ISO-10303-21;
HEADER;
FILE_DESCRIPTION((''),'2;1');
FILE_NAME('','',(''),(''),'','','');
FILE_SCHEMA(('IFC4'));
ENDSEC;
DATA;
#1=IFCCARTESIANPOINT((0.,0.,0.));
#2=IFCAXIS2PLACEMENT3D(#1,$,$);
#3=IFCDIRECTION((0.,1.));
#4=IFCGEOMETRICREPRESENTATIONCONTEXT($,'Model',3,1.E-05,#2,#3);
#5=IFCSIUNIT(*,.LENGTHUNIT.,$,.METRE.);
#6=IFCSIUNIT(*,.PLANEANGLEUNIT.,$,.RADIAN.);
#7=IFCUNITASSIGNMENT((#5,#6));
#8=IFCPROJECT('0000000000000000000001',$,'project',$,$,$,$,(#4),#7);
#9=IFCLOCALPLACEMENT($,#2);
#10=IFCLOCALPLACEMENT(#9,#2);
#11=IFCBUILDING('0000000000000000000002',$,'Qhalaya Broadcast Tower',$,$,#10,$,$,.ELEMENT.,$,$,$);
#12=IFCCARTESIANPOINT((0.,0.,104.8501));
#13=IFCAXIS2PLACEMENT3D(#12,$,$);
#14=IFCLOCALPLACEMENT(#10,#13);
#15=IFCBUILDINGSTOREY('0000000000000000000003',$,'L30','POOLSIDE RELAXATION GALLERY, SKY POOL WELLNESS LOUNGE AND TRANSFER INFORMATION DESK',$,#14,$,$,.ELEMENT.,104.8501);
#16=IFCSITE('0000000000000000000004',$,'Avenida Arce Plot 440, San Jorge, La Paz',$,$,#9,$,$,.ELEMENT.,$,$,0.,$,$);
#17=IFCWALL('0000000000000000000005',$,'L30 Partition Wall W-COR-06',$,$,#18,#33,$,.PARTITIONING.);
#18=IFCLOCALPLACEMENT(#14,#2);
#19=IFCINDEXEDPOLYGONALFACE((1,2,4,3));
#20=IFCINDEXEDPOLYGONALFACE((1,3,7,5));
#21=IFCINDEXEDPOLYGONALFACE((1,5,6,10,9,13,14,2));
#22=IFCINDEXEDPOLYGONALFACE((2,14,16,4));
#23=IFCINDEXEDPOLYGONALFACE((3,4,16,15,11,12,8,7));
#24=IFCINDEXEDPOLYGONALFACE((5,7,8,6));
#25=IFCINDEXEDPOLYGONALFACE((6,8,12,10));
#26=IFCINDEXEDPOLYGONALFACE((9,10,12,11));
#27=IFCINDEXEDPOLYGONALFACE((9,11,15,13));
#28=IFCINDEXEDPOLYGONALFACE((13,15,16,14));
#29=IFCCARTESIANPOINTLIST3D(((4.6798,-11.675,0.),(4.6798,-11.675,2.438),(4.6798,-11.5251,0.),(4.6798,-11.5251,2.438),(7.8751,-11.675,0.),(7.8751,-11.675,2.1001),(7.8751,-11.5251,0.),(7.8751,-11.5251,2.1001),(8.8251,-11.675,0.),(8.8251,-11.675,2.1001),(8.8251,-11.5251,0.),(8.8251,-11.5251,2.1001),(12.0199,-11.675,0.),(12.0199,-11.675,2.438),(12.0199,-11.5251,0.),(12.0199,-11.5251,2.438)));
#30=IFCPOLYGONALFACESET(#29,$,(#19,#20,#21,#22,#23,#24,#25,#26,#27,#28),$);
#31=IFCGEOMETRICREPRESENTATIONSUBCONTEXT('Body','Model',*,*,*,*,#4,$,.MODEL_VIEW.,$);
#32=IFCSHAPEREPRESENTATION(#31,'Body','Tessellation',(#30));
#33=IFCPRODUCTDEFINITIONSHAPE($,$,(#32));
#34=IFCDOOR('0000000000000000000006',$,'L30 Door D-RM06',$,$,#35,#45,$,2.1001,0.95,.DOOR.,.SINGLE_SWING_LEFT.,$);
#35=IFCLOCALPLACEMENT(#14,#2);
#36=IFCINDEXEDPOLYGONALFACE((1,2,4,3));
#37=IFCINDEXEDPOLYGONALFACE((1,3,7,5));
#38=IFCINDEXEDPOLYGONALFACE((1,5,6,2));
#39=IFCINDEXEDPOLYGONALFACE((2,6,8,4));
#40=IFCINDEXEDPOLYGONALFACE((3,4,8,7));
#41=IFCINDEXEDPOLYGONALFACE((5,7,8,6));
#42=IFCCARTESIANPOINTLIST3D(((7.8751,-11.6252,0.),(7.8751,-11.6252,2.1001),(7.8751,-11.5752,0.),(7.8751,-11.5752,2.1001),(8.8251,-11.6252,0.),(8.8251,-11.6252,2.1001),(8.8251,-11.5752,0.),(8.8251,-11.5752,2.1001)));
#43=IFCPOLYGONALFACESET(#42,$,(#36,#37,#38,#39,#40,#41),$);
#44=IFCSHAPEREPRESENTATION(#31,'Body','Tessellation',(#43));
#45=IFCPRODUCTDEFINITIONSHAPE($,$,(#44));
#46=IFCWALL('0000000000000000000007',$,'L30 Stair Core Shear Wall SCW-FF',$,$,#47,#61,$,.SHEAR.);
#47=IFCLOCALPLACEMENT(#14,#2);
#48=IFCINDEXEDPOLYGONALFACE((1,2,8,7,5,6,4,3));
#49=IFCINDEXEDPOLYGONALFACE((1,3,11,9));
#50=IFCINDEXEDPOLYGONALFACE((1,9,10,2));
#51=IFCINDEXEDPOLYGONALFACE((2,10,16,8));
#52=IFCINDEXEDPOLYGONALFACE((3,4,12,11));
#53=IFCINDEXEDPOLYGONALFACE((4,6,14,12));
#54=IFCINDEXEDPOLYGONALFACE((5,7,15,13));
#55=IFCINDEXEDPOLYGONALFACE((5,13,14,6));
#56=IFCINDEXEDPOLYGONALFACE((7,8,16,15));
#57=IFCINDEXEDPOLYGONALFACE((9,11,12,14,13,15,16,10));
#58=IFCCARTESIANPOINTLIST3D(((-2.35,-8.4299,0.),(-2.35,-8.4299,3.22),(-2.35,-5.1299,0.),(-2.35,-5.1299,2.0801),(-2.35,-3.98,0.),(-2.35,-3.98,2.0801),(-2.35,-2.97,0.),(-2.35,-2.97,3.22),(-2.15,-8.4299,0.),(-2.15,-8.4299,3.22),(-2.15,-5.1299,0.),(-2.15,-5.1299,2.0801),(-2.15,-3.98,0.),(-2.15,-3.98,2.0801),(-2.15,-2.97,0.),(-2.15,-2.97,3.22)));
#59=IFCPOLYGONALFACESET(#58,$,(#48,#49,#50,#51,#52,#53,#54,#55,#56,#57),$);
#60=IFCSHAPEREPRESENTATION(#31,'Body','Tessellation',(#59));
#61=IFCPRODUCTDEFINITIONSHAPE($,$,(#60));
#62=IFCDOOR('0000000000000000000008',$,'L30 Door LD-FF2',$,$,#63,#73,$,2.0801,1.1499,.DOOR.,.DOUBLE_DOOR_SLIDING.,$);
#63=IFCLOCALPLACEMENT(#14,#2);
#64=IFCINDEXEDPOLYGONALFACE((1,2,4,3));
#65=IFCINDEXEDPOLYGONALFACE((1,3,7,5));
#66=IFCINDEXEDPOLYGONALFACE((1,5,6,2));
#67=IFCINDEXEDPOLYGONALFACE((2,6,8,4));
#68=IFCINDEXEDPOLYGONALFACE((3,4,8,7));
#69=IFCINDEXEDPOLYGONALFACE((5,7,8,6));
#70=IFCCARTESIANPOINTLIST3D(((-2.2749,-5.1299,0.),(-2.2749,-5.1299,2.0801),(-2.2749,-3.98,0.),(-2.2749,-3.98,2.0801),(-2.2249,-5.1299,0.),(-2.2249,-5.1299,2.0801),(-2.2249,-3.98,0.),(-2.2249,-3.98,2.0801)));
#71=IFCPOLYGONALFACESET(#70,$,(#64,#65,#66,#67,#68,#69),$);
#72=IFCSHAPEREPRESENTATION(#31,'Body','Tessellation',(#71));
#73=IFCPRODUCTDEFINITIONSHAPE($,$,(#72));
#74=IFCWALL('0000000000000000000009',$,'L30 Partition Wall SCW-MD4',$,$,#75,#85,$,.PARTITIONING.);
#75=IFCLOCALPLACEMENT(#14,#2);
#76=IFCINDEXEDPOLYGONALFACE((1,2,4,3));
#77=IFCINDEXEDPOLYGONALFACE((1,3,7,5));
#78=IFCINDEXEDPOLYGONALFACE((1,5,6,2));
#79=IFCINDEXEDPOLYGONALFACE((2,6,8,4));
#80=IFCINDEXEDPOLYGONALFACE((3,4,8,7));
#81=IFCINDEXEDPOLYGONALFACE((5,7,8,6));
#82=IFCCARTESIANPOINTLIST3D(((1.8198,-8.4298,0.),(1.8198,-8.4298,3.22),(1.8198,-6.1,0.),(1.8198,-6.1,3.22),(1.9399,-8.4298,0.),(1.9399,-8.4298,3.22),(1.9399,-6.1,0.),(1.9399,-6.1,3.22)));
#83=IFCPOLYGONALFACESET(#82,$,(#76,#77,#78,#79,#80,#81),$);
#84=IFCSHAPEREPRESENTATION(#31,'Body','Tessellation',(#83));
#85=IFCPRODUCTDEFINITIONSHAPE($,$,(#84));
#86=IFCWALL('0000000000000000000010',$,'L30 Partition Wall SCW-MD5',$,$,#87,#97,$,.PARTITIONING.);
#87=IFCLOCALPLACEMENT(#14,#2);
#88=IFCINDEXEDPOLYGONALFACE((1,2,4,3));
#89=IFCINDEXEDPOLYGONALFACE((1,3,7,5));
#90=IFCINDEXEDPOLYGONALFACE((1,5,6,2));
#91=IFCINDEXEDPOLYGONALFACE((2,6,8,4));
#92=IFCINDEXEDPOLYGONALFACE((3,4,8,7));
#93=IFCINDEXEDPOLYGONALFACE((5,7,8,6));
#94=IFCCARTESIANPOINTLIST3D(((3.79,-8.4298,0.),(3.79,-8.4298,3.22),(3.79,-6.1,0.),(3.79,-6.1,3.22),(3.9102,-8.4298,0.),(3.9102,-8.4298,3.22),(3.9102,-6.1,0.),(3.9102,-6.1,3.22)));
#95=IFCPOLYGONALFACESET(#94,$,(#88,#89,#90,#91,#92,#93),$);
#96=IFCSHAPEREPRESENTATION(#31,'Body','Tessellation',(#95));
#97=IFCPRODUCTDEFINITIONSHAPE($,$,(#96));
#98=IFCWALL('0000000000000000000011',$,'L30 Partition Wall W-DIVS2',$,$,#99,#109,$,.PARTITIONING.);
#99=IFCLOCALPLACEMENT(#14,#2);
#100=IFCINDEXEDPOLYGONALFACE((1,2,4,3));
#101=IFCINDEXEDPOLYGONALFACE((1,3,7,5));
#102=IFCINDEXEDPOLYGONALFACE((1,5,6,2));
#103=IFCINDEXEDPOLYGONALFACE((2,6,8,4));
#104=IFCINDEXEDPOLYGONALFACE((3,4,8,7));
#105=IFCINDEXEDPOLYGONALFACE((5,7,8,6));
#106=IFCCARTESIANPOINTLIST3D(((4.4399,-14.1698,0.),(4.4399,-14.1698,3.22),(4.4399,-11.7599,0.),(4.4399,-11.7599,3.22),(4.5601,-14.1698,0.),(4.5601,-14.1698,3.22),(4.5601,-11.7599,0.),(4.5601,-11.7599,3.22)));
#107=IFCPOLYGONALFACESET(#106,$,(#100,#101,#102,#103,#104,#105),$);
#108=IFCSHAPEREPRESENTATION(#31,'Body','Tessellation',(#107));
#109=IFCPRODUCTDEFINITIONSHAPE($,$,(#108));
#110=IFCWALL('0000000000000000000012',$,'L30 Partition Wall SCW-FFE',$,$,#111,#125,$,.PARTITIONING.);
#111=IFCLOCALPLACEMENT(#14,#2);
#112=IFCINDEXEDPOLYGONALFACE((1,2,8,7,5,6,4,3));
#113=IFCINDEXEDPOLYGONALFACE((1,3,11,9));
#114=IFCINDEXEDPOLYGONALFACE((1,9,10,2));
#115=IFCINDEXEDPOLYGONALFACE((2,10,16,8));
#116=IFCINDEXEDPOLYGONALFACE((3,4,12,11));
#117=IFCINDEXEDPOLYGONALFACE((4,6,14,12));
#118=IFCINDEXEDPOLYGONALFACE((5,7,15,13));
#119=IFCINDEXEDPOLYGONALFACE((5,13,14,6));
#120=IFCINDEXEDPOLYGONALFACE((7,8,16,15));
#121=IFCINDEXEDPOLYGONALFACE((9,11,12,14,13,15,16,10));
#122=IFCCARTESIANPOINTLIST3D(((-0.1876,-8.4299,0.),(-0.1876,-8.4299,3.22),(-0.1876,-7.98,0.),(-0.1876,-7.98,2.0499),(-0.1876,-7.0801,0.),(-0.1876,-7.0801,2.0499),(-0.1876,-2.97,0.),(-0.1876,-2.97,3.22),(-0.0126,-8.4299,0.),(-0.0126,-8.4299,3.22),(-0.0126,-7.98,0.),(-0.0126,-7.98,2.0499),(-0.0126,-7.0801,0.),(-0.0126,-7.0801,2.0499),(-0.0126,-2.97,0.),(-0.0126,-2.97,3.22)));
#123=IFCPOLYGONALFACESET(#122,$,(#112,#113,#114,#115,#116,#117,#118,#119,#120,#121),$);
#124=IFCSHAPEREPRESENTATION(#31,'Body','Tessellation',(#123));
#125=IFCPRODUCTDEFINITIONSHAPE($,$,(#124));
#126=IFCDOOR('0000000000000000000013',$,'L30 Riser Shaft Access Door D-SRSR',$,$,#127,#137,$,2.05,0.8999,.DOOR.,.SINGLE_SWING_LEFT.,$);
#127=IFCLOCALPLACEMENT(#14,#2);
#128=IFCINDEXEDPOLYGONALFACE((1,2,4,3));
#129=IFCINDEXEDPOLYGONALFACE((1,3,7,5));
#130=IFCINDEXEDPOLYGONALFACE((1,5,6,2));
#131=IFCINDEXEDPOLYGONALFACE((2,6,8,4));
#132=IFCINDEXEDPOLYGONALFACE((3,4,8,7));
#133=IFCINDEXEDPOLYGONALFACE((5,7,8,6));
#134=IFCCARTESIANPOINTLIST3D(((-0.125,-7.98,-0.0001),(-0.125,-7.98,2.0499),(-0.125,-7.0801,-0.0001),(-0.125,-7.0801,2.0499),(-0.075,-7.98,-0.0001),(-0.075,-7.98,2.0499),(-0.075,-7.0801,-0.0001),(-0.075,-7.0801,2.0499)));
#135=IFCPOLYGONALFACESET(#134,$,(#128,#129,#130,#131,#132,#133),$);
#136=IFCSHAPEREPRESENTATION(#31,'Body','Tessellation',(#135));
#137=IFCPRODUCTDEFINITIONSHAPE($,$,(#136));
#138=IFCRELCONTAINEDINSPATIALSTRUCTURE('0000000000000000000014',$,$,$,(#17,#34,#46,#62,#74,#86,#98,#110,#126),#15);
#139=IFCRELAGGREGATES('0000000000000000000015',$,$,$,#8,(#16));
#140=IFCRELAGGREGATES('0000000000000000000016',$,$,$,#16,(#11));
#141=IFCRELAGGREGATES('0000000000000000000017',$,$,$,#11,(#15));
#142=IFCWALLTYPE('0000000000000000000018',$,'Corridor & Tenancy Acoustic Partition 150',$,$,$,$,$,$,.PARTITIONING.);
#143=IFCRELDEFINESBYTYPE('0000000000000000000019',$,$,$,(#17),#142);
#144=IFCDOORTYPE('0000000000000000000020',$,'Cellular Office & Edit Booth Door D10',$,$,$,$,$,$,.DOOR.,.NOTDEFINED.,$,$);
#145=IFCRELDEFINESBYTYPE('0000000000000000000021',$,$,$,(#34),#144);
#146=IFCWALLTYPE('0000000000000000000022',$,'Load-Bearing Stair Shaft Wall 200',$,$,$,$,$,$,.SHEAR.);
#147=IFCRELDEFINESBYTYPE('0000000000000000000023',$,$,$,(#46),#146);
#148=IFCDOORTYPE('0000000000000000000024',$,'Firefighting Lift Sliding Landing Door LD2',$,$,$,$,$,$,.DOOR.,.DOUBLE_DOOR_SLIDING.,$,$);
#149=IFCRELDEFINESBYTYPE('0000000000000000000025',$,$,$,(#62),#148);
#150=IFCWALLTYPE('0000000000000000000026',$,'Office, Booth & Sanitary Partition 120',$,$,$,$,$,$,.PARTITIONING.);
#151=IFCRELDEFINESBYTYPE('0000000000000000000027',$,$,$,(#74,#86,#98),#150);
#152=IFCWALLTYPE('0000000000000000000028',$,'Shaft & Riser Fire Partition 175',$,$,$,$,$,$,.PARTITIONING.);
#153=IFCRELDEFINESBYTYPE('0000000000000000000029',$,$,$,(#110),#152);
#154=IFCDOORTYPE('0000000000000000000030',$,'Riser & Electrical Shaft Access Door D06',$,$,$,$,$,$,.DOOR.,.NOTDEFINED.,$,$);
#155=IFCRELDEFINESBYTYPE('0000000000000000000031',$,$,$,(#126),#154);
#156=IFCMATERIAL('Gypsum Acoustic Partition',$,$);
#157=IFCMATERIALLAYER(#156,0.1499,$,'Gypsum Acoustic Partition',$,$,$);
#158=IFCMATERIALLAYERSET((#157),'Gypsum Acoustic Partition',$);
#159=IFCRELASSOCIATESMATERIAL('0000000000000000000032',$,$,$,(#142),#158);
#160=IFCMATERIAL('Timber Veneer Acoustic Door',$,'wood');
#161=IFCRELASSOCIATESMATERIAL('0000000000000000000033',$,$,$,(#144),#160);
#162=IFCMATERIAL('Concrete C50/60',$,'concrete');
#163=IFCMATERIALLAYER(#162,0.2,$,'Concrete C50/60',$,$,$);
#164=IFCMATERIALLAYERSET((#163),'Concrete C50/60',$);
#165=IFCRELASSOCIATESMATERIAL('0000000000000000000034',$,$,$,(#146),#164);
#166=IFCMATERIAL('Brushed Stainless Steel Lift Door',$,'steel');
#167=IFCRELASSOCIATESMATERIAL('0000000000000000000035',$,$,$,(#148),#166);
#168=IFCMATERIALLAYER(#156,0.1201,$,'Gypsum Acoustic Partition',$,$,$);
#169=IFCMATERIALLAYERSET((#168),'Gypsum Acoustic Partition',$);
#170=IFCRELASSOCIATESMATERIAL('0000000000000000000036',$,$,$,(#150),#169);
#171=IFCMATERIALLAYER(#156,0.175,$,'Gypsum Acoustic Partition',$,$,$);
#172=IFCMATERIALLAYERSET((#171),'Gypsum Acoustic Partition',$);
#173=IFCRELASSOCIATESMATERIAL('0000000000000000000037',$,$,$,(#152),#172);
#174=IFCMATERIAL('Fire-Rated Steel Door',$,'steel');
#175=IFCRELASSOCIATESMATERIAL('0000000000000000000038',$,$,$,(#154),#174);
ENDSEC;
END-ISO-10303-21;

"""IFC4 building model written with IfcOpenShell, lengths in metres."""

from ifc_helpers import new_model, si_unit, direction, frame, frame_2d, origin, place, context, subcontext, project, spatial, rectangle, extrude, material, layer, layer_set, type_object, element, fill, save


model = new_model("IFC4")

# Units and contexts
model_context = context("Model", 3, precision=1e-05, world=origin(), true_north=direction((0.0, 1.0)))
body_context = subcontext(model_context, "Body", "Model", "MODEL_VIEW")
ifc_project = project(units=[si_unit("LENGTHUNIT", "METRE"), si_unit("PLANEANGLEUNIT", "RADIAN")], contexts=[model_context])

# Site, building, storey
site_placement = place(None, origin())
site = spatial("IfcSite", under=ifc_project, at=site_placement, Name="Avenida Arce Plot 440, San Jorge, La Paz", CompositionType="ELEMENT", RefElevation=0.0)
building_placement = place(site_placement, origin())
building = spatial("IfcBuilding", under=site, at=building_placement, Name="Qhalaya Broadcast Tower", CompositionType="ELEMENT")
storey_placement = place(building_placement, frame((0.0, 0.0, 104.8501)))
storey = spatial("IfcBuildingStorey", under=building, at=storey_placement, Name="L30", Description="POOLSIDE RELAXATION GALLERY, SKY POOL WELLNESS LOUNGE AND TRANSFER INFORMATION DESK", CompositionType="ELEMENT", Elevation=104.8501)

# Shared definitions
ifc_material_1 = material(Name="Concrete C50/60", Category="concrete")

# Walls, openings, doors
ifc_material_2 = material(Name="Gypsum Acoustic Partition")
ifc_layer_1 = layer(ifc_material_2, 0.1499, Name="Gypsum Acoustic Partition")
ifc_layer_set_1 = layer_set([ifc_layer_1], Name="Gypsum Acoustic Partition")
wall_type_1 = type_object("IfcWallType", Name="Corridor & Tenancy Acoustic Partition 150", PredefinedType="PARTITIONING", material=ifc_layer_set_1)
wall_1_placement = place(storey_placement, frame((4.6799, -11.6001, 0.0), z_axis=(0.0, 0.0, 1.0), x_axis=(1.0, 0.0, 0.0)))
wall_1 = element("IfcWall", 1, at=wall_1_placement, inside=storey, type_object=wall_type_1, Name="L30 Partition Wall W-COR-06", PredefinedType="PARTITIONING", context=body_context, shape_type="SweptSolid", body=[
    extrude(rectangle(XDim=7.3401, YDim=0.1499, at=frame_2d((3.6699, 0.0))), origin(), (0.0, 0.0, 1.0), 2.438),
])
opening_1_placement = place(wall_1_placement, frame((3.1951, 0.0, 0.0)))
opening_1 = element("IfcOpeningElement", 2, at=opening_1_placement, cuts=wall_1, PredefinedType="OPENING", context=body_context, shape_type="SweptSolid", body=[
    extrude(rectangle(XDim=0.95, YDim=2.1001, at=frame_2d((0.4751, 1.05))), frame((0.0, 0.0869, 0.0), z_axis=(0.0, -1.0, 0.0), x_axis=(1.0, 0.0, 0.0)), (0.0, 0.0, 1.0), 0.1738),
])
ifc_material_3 = material(Name="Timber Veneer Acoustic Door", Category="wood")
door_type_1 = type_object("IfcDoorType", Name="Cellular Office & Edit Booth Door D10", OperationType="NOTDEFINED", PredefinedType="DOOR", material=ifc_material_3)
door_1_placement = place(opening_1_placement, origin())
door_1 = element("IfcDoor", 3, at=door_1_placement, inside=storey, type_object=door_type_1, Name="L30 Door D-RM06", OperationType="SINGLE_SWING_LEFT", OverallHeight=2.1001, OverallWidth=0.95, PredefinedType="DOOR", context=body_context, shape_type="SweptSolid", body=[
    extrude(rectangle(XDim=0.95, YDim=2.1001, at=frame_2d((0.4751, 1.05))), frame((0.0, 0.0249, 0.0), z_axis=(0.0, -1.0, 0.0), x_axis=(1.0, 0.0, 0.0)), (0.0, 0.0, 1.0), 0.05),
])
fill(opening_1, door_1)
ifc_layer_2 = layer(ifc_material_1, 0.2, Name="Concrete C50/60")
ifc_layer_set_2 = layer_set([ifc_layer_2], Name="Concrete C50/60")
wall_type_2 = type_object("IfcWallType", Name="Load-Bearing Stair Shaft Wall 200", PredefinedType="SHEAR", material=ifc_layer_set_2)
wall_2_placement = place(storey_placement, frame((-2.25, -8.4299, 0.0), z_axis=(0.0, 0.0, 1.0), x_axis=(0.0, 1.0, 0.0)))
wall_2 = element("IfcWall", 4, at=wall_2_placement, inside=storey, type_object=wall_type_2, Name="L30 Stair Core Shear Wall SCW-FF", PredefinedType="SHEAR", context=body_context, shape_type="SweptSolid", body=[
    extrude(rectangle(XDim=5.46, YDim=0.2, at=frame_2d((2.73, 0.0))), origin(), (0.0, 0.0, 1.0), 3.22),
])
opening_2_placement = place(wall_2_placement, frame((3.3, 0.0, 0.0)))
opening_2 = element("IfcOpeningElement", 5, at=opening_2_placement, cuts=wall_2, PredefinedType="OPENING", context=body_context, shape_type="SweptSolid", body=[
    extrude(rectangle(XDim=1.1499, YDim=2.0801, at=frame_2d((0.575, 1.04))), frame((0.0, 0.1121, 0.0), z_axis=(0.0, -1.0, 0.0), x_axis=(1.0, 0.0, 0.0)), (0.0, 0.0, 1.0), 0.2239),
])
ifc_material_4 = material(Name="Brushed Stainless Steel Lift Door", Category="steel")
door_type_2 = type_object("IfcDoorType", Name="Firefighting Lift Sliding Landing Door LD2", OperationType="DOUBLE_DOOR_SLIDING", PredefinedType="DOOR", material=ifc_material_4)
door_2_placement = place(opening_2_placement, origin())
door_2 = element("IfcDoor", 6, at=door_2_placement, inside=storey, type_object=door_type_2, Name="L30 Door LD-FF2", OperationType="DOUBLE_DOOR_SLIDING", OverallHeight=2.0801, OverallWidth=1.1499, PredefinedType="DOOR", context=body_context, shape_type="SweptSolid", body=[
    extrude(rectangle(XDim=1.1499, YDim=2.0801, at=frame_2d((0.575, 1.04))), frame((0.0, 0.0249, 0.0), z_axis=(0.0, -1.0, 0.0), x_axis=(1.0, 0.0, 0.0)), (0.0, 0.0, 1.0), 0.05),
])
fill(opening_2, door_2)

# Walls
ifc_layer_3 = layer(ifc_material_2, 0.1201, Name="Gypsum Acoustic Partition")
ifc_layer_set_3 = layer_set([ifc_layer_3], Name="Gypsum Acoustic Partition")
wall_type_3 = type_object("IfcWallType", Name="Office, Booth & Sanitary Partition 120", PredefinedType="PARTITIONING", material=ifc_layer_set_3)
for number, where, z_axis, x_axis, name in (
    (7, (1.8799, -8.4299, 0.0), (0.0, 0.0, 1.0), (0.0, 1.0, 0.0), "L30 Partition Wall SCW-MD4"),
    (8, (3.8501, -8.4299, 0.0), (0.0, 0.0, 1.0), (0.0, 1.0, 0.0), "L30 Partition Wall SCW-MD5"),
):
    element("IfcWall", number, at=place(storey_placement, frame(where, z_axis=z_axis, x_axis=x_axis)), inside=storey, type_object=wall_type_3, Name=name, PredefinedType="PARTITIONING", context=body_context, shape_type="SweptSolid", body=[
        extrude(rectangle(XDim=2.3298, YDim=0.1201, at=frame_2d((1.165, 0.0))), origin(), (0.0, 0.0, 1.0), 3.22),
    ])
wall_3_placement = place(storey_placement, frame((4.5, -14.1699, 0.0), z_axis=(0.0, 0.0, 1.0), x_axis=(0.0, 1.0, 0.0)))
element("IfcWall", 9, at=wall_3_placement, inside=storey, type_object=wall_type_3, Name="L30 Partition Wall W-DIVS2", PredefinedType="PARTITIONING", context=body_context, shape_type="SweptSolid", body=[
    extrude(rectangle(XDim=2.4099, YDim=0.1201, at=frame_2d((1.2051, 0.0))), origin(), (0.0, 0.0, 1.0), 3.22),
])

# Wall, opening, door
ifc_layer_4 = layer(ifc_material_2, 0.175, Name="Gypsum Acoustic Partition")
ifc_layer_set_4 = layer_set([ifc_layer_4], Name="Gypsum Acoustic Partition")
wall_type_4 = type_object("IfcWallType", Name="Shaft & Riser Fire Partition 175", PredefinedType="PARTITIONING", material=ifc_layer_set_4)
wall_4_placement = place(storey_placement, frame((-0.1001, -8.4299, 0.0), z_axis=(0.0, 0.0, 1.0), x_axis=(0.0, 1.0, 0.0)))
wall_4 = element("IfcWall", 10, at=wall_4_placement, inside=storey, type_object=wall_type_4, Name="L30 Partition Wall SCW-FFE", PredefinedType="PARTITIONING", context=body_context, shape_type="SweptSolid", body=[
    extrude(rectangle(XDim=5.46, YDim=0.175, at=frame_2d((2.73, 0.0))), origin(), (0.0, 0.0, 1.0), 3.22),
])
opening_3_placement = place(wall_4_placement, frame((0.45, 0.0, 0.0)))
opening_3 = element("IfcOpeningElement", 11, at=opening_3_placement, cuts=wall_4, PredefinedType="OPENING", context=body_context, shape_type="SweptSolid", body=[
    extrude(rectangle(XDim=0.8999, YDim=2.05, at=frame_2d((0.45, 1.0249))), frame((0.0, 0.0996, 0.0), z_axis=(0.0, -1.0, 0.0), x_axis=(1.0, 0.0, 0.0)), (0.0, 0.0, 1.0), 0.199),
])
ifc_material_5 = material(Name="Fire-Rated Steel Door", Category="steel")
door_type_3 = type_object("IfcDoorType", Name="Riser & Electrical Shaft Access Door D06", OperationType="NOTDEFINED", PredefinedType="DOOR", material=ifc_material_5)
door_3_placement = place(opening_3_placement, origin())
door_3 = element("IfcDoor", 12, at=door_3_placement, inside=storey, type_object=door_type_3, Name="L30 Riser Shaft Access Door D-SRSR", OperationType="SINGLE_SWING_LEFT", OverallHeight=2.05, OverallWidth=0.8999, PredefinedType="DOOR", context=body_context, shape_type="SweptSolid", body=[
    extrude(rectangle(XDim=0.8999, YDim=2.05, at=frame_2d((0.45, 1.0249))), frame((0.0, 0.0249, 0.0), z_axis=(0.0, -1.0, 0.0), x_axis=(1.0, 0.0, 0.0)), (0.0, 0.0, 1.0), 0.05),
])
fill(opening_3, door_3)

save(model, "model.ifc")
